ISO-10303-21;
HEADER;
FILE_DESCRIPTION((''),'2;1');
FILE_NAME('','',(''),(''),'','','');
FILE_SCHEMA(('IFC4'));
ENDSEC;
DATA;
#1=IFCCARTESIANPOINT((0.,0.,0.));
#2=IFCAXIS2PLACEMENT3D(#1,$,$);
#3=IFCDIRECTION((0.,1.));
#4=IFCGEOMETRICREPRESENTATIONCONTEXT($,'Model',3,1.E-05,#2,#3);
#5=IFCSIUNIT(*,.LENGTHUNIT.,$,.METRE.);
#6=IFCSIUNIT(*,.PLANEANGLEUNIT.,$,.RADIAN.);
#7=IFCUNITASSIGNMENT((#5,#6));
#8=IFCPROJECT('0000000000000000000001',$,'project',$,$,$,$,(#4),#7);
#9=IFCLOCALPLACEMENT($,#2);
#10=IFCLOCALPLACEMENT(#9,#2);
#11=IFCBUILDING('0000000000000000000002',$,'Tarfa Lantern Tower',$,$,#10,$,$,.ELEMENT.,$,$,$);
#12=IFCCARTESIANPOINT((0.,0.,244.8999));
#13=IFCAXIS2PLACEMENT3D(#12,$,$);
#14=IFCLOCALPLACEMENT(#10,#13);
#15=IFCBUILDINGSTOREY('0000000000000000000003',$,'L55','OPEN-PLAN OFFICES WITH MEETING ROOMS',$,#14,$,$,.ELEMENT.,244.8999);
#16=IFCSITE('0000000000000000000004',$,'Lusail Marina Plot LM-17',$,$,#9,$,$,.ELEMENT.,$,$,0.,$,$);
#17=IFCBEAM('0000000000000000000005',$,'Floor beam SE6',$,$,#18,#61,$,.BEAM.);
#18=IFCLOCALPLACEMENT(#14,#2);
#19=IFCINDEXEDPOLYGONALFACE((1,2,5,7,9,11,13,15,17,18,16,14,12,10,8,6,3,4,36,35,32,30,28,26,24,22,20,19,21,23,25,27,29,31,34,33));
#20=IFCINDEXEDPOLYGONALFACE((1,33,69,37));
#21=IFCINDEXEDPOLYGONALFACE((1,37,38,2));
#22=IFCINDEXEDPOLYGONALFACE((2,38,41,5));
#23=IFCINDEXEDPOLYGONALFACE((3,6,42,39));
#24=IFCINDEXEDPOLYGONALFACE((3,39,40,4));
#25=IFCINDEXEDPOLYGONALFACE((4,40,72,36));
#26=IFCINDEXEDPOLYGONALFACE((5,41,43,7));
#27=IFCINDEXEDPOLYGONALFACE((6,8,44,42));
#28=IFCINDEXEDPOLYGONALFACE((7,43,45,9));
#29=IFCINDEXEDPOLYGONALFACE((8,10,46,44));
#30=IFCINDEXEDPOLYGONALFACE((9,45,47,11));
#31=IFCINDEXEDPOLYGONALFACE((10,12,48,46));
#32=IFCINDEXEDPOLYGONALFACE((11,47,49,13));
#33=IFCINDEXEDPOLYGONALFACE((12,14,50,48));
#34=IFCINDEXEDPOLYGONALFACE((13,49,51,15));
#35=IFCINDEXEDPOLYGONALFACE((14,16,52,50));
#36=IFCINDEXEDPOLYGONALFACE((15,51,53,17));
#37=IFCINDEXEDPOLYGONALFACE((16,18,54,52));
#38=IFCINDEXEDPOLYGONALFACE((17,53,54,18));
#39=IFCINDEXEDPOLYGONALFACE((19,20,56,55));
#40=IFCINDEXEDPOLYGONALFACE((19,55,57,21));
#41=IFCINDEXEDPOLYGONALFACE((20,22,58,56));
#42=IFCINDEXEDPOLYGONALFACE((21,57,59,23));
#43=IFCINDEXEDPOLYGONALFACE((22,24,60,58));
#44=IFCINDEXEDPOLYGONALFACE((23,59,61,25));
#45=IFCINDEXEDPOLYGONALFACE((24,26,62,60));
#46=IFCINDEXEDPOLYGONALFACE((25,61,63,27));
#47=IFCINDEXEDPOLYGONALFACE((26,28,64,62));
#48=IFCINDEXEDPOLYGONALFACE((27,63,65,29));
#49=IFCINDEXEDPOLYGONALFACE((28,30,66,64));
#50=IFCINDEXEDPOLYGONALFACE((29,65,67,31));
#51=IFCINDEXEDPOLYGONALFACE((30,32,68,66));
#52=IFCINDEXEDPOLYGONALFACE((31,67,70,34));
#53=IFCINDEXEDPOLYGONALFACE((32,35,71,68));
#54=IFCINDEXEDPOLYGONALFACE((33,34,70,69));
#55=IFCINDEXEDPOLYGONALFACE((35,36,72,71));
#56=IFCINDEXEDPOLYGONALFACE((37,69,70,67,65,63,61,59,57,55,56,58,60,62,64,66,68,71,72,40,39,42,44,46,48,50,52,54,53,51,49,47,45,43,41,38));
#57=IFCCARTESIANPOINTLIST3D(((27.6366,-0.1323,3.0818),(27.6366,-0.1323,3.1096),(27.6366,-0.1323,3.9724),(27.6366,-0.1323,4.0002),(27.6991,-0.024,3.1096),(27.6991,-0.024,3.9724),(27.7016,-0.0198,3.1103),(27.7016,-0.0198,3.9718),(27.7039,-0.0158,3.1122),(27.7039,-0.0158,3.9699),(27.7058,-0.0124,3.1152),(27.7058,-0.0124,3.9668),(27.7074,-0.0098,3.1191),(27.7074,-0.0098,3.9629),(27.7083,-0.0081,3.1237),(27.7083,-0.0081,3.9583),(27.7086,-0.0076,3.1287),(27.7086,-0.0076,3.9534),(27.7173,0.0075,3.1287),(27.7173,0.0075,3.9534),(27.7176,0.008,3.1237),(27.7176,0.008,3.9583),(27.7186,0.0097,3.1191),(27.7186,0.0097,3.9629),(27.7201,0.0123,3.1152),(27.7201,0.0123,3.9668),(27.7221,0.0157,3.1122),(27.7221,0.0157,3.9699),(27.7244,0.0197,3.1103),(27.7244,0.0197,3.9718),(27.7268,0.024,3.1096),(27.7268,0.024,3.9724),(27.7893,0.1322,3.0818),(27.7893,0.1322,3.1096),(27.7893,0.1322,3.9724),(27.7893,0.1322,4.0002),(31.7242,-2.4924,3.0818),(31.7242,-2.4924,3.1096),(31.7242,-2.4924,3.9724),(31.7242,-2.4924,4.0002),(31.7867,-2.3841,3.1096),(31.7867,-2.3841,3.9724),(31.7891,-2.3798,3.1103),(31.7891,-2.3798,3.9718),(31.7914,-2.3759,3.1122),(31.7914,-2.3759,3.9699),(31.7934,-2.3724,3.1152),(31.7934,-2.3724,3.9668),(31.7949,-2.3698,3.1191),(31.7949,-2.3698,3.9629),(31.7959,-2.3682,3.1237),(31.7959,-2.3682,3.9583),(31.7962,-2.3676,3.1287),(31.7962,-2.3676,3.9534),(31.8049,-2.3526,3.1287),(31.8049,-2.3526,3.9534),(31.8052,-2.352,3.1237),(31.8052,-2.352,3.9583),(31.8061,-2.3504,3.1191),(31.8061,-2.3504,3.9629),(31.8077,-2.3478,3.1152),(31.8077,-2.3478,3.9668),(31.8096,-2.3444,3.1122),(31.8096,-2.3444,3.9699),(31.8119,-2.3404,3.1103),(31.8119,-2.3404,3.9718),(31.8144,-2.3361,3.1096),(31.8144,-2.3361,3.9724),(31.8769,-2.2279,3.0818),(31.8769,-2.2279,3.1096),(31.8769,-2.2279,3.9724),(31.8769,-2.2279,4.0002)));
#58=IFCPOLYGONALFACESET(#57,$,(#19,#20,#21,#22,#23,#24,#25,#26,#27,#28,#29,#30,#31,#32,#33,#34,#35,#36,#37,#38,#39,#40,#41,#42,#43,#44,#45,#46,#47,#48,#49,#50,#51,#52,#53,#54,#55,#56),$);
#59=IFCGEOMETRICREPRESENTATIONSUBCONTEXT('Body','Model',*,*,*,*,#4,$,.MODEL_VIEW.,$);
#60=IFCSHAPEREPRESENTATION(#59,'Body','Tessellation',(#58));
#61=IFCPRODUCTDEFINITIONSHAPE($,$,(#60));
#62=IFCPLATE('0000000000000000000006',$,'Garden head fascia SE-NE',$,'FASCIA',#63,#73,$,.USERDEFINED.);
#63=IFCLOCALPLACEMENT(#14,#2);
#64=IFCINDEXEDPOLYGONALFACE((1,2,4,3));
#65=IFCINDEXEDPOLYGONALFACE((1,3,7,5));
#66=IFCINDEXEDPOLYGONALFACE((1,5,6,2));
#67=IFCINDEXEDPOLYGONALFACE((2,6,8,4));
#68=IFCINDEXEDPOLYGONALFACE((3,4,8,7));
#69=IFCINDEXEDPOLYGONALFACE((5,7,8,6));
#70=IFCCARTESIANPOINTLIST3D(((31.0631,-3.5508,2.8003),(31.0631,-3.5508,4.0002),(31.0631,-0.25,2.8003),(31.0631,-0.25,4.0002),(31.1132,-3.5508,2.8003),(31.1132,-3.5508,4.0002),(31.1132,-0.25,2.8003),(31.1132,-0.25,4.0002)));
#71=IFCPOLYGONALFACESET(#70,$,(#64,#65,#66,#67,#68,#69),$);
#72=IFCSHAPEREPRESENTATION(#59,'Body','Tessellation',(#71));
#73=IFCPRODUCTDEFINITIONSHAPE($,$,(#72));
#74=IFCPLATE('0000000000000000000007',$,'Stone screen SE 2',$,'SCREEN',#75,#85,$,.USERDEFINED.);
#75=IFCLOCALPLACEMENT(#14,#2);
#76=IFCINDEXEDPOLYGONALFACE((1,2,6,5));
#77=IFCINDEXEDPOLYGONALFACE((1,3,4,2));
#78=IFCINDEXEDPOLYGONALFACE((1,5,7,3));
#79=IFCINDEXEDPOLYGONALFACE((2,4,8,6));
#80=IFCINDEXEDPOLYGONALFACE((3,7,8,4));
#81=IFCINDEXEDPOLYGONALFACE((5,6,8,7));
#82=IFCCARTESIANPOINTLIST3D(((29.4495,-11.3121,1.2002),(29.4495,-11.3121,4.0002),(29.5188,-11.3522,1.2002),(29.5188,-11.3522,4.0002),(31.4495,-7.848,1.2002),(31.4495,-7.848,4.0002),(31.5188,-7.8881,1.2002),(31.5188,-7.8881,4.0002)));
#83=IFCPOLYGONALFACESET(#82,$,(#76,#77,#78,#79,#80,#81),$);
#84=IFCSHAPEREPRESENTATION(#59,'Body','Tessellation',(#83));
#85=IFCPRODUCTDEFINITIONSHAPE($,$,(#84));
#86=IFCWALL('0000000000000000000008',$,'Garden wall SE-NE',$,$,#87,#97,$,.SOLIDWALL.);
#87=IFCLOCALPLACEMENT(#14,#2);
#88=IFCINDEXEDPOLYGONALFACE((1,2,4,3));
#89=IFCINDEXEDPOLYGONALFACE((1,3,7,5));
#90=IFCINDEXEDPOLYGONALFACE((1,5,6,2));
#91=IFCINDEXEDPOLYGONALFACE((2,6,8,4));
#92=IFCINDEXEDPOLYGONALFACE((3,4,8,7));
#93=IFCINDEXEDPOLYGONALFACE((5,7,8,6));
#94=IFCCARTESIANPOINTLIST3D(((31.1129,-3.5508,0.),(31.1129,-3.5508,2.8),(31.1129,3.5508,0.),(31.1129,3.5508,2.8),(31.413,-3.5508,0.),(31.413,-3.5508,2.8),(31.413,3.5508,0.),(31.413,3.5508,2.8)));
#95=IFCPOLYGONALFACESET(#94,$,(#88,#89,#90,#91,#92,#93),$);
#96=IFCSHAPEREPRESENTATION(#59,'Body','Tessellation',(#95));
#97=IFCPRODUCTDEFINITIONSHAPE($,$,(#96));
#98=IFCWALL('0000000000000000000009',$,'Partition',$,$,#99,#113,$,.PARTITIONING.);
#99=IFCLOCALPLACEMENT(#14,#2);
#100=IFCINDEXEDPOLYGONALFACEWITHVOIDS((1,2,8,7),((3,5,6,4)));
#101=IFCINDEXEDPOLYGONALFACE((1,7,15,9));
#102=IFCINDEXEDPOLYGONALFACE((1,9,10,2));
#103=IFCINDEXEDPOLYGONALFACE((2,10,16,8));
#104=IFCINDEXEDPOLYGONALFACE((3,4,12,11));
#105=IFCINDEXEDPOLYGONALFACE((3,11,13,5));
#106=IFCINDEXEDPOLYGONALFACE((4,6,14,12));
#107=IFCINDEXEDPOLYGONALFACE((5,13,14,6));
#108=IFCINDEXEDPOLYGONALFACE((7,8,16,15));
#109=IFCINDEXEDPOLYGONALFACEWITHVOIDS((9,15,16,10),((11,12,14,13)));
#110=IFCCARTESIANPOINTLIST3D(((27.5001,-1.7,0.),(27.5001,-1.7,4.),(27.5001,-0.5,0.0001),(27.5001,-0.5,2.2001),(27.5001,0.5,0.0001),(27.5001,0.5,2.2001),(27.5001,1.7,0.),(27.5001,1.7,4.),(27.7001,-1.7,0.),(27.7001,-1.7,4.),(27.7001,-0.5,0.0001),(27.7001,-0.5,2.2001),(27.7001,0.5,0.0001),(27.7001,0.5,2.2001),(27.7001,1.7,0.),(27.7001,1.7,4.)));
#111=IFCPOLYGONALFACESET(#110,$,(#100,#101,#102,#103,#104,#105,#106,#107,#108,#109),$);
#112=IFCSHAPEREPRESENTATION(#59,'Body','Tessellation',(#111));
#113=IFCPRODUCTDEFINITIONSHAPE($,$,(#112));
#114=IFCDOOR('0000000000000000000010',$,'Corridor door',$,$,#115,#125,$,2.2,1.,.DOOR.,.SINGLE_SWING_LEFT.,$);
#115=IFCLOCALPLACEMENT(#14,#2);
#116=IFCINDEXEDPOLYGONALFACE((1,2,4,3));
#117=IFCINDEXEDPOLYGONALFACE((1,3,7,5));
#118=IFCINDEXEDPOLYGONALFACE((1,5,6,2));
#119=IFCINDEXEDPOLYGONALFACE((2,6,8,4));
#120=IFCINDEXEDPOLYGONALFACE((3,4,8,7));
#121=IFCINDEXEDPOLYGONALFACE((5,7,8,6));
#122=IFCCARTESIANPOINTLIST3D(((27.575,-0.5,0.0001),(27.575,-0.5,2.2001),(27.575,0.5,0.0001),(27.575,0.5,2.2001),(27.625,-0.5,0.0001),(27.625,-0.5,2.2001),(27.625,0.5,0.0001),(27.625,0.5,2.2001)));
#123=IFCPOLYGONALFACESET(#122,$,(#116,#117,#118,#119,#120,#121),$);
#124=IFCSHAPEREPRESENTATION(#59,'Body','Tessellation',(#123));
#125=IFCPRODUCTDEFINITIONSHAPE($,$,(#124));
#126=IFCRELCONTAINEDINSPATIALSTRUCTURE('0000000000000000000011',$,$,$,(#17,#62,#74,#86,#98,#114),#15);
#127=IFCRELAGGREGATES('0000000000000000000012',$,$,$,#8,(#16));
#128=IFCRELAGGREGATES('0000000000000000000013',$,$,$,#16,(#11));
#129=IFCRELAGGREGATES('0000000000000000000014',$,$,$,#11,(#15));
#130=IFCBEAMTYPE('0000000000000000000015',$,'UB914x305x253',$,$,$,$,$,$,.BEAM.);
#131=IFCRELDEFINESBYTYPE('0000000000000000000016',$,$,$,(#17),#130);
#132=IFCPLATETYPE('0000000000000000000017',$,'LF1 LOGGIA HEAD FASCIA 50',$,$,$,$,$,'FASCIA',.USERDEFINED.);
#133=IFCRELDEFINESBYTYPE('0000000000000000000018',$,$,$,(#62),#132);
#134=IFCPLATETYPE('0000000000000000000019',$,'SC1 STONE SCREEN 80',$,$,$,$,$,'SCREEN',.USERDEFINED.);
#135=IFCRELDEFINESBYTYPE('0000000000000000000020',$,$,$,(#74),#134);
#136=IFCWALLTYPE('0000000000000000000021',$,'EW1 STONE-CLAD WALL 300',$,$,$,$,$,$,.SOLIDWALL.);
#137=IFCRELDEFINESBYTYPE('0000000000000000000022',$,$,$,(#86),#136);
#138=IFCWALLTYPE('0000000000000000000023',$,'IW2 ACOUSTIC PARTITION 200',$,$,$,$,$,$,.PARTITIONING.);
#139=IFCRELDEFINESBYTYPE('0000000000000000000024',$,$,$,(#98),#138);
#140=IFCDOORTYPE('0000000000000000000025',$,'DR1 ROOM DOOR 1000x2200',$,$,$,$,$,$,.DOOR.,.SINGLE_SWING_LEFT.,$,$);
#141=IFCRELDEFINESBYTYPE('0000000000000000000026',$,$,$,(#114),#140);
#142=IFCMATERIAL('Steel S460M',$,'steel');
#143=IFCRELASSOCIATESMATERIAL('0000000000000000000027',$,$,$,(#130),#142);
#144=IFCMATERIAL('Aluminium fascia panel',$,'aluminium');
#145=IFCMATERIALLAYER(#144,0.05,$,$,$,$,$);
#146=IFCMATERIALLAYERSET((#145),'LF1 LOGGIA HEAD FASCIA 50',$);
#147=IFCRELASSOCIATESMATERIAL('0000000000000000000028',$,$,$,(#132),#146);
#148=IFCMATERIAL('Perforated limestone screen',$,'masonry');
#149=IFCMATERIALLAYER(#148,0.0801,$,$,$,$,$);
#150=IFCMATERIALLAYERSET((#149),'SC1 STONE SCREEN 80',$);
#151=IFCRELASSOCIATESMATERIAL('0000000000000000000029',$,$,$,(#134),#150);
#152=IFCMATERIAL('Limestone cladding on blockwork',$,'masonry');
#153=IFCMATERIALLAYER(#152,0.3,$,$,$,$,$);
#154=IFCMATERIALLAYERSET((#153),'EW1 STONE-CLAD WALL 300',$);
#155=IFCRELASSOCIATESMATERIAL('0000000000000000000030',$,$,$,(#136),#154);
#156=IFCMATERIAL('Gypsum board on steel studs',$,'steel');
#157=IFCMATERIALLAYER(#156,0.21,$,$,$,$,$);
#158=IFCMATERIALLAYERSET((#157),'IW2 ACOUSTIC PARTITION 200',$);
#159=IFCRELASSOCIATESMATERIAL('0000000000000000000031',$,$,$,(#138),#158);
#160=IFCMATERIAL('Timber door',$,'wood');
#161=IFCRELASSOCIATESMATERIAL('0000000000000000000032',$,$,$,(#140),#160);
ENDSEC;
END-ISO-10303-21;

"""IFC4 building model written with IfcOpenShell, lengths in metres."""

from ifc_helpers import new_model, si_unit, direction, frame, frame_2d, origin, origin_2d, place, context, subcontext, project, spatial, rectangle, i_section, extrude, material, layer, layer_set, material_profile, profile_set, type_object, element, fill, save


model = new_model("IFC4")

# Units and contexts
model_context = context("Model", 3, precision=1e-05, world=origin(), true_north=direction((0.0, 1.0)))
body_context = subcontext(model_context, "Body", "Model", "MODEL_VIEW")
ifc_project = project(units=[si_unit("LENGTHUNIT", "METRE"), si_unit("PLANEANGLEUNIT", "RADIAN")], contexts=[model_context])

# Site, building, storey
site_placement = place(None, origin())
site = spatial("IfcSite", under=ifc_project, at=site_placement, Name="Lusail Marina Plot LM-17", CompositionType="ELEMENT", RefElevation=0.0)
building_placement = place(site_placement, origin())
building = spatial("IfcBuilding", under=site, at=building_placement, Name="Tarfa Lantern Tower", CompositionType="ELEMENT")
storey_placement = place(building_placement, frame((0.0, 0.0, 244.8999)))
storey = spatial("IfcBuildingStorey", under=building, at=storey_placement, Name="L55", Description="OPEN-PLAN OFFICES WITH MEETING ROOMS", CompositionType="ELEMENT", Elevation=244.8999)

# Beam
ifc_material_1 = material(Name="Steel S460M", Category="steel")
ifc_material_profile_1 = material_profile(ifc_material_1, i_section(OverallWidth=0.3054, OverallDepth=0.9185, WebThickness=0.0173, FlangeThickness=0.0278, FilletRadius=0.019, at=origin_2d()), Name="UB914x305x253")
ifc_profile_set_1 = profile_set([ifc_material_profile_1], Name="Steel S460M")
beam_type_1 = type_object("IfcBeamType", Name="UB914x305x253", PredefinedType="BEAM", material=ifc_profile_set_1)
beam_1_placement = place(storey_placement, frame((31.8005, -2.3601, 3.541), z_axis=(-0.866016, 0.500016, 0.0), x_axis=(-0.500016, -0.866016, 0.0)))
element("IfcBeam", 1, at=beam_1_placement, inside=storey, type_object=beam_type_1, Name="Floor beam SE6", PredefinedType="BEAM", context=body_context, shape_type="SweptSolid", body=[
    extrude(i_section(OverallWidth=0.3054, OverallDepth=0.9185, WebThickness=0.0173, FlangeThickness=0.0278, FilletRadius=0.019, at=origin_2d()), origin(), (0.0, 0.0, 1.0), 4.72),
])

# Plates
ifc_material_2 = material(Name="Aluminium fascia panel", Category="aluminium")
ifc_layer_1 = layer(ifc_material_2, 0.05)
ifc_layer_set_1 = layer_set([ifc_layer_1], Name="LF1 LOGGIA HEAD FASCIA 50")
plate_type_1 = type_object("IfcPlateType", Name="LF1 LOGGIA HEAD FASCIA 50", ElementType="FASCIA", PredefinedType="USERDEFINED", material=ifc_layer_set_1)
plate_1_placement = place(storey_placement, frame((31.0881, -1.9004, 2.8003), z_axis=(0.0, 0.0, 1.0), x_axis=(0.0, 1.0, 0.0)))
element("IfcPlate", 2, at=plate_1_placement, inside=storey, type_object=plate_type_1, Name="Garden head fascia SE-NE", ObjectType="FASCIA", PredefinedType="USERDEFINED", context=body_context, shape_type="SweptSolid", body=[
    extrude(rectangle(XDim=3.3008, YDim=0.05, at=origin_2d()), origin(), (0.0, 0.0, 1.0), 1.2),
])
ifc_material_3 = material(Name="Perforated limestone screen", Category="masonry")
ifc_layer_2 = layer(ifc_material_3, 0.0801)
ifc_layer_set_2 = layer_set([ifc_layer_2], Name="SC1 STONE SCREEN 80")
plate_type_2 = type_object("IfcPlateType", Name="SC1 STONE SCREEN 80", ElementType="SCREEN", PredefinedType="USERDEFINED", material=ifc_layer_set_2)
plate_2_placement = place(storey_placement, frame((30.4841, -9.6001, 1.2002), z_axis=(0.0, 0.0, 1.0), x_axis=(0.5, 0.866025, 0.0)))
element("IfcPlate", 3, at=plate_2_placement, inside=storey, type_object=plate_type_2, Name="Stone screen SE 2", ObjectType="SCREEN", PredefinedType="USERDEFINED", context=body_context, shape_type="SweptSolid", body=[
    extrude(rectangle(XDim=4.0, YDim=0.0801, at=origin_2d()), origin(), (0.0, 0.0, 1.0), 2.8),
])

# Wall
ifc_material_4 = material(Name="Limestone cladding on blockwork", Category="masonry")
ifc_layer_3 = layer(ifc_material_4, 0.3)
ifc_layer_set_3 = layer_set([ifc_layer_3], Name="EW1 STONE-CLAD WALL 300")
wall_type_1 = type_object("IfcWallType", Name="EW1 STONE-CLAD WALL 300", PredefinedType="SOLIDWALL", material=ifc_layer_set_3)
wall_1_placement = place(storey_placement, frame((31.2629, -3.5508, 0.0), z_axis=(0.0, 0.0, 1.0), x_axis=(0.0, 1.0, 0.0)))
element("IfcWall", 4, at=wall_1_placement, inside=storey, type_object=wall_type_1, Name="Garden wall SE-NE", PredefinedType="SOLIDWALL", context=body_context, shape_type="SweptSolid", body=[
    extrude(rectangle(XDim=7.1016, YDim=0.3, at=frame_2d((3.5508, 0.0))), origin(), (0.0, 0.0, 1.0), 2.8),
])

# Wall, opening, door
ifc_material_5 = material(Name="Gypsum board on steel studs", Category="steel")
ifc_layer_4 = layer(ifc_material_5, 0.21)
ifc_layer_set_4 = layer_set([ifc_layer_4], Name="IW2 ACOUSTIC PARTITION 200")
wall_type_2 = type_object("IfcWallType", Name="IW2 ACOUSTIC PARTITION 200", PredefinedType="PARTITIONING", material=ifc_layer_set_4)
wall_2_placement = place(storey_placement, frame((27.6001, -1.7, 0.0), z_axis=(0.0, 0.0, 1.0), x_axis=(0.0, 1.0, 0.0)))
wall_2 = element("IfcWall", 5, at=wall_2_placement, inside=storey, type_object=wall_type_2, Name="Partition", PredefinedType="PARTITIONING", context=body_context, shape_type="SweptSolid", body=[
    extrude(rectangle(XDim=3.3999, YDim=0.2, at=frame_2d((1.7, 0.0))), origin(), (0.0, 0.0, 1.0), 4.0),
])
opening_placement = place(wall_2_placement, frame((1.2, 0.0, 0.0)))
opening = element("IfcOpeningElement", 6, at=opening_placement, cuts=wall_2, PredefinedType="OPENING", context=body_context, shape_type="SweptSolid", body=[
    extrude(rectangle(XDim=1.0, YDim=2.2, at=frame_2d((0.5, 1.1001))), frame((0.0, 0.1099, 0.0), z_axis=(0.0, -1.0, 0.0), x_axis=(1.0, 0.0, 0.0)), (0.0, 0.0, 1.0), 0.22),
])
ifc_material_6 = material(Name="Timber door", Category="wood")
door_type = type_object("IfcDoorType", Name="DR1 ROOM DOOR 1000x2200", OperationType="SINGLE_SWING_LEFT", PredefinedType="DOOR", material=ifc_material_6)
door_placement = place(opening_placement, frame((1.0, 0.0, 0.0), z_axis=(0.0, 0.0, 1.0), x_axis=(-1.0, 0.0, 0.0)))
door = element("IfcDoor", 7, at=door_placement, inside=storey, type_object=door_type, Name="Corridor door", OperationType="SINGLE_SWING_LEFT", OverallHeight=2.2, OverallWidth=1.0, PredefinedType="DOOR", context=body_context, shape_type="SweptSolid", body=[
    extrude(rectangle(XDim=1.0, YDim=2.2, at=frame_2d((0.5, 1.1001))), frame((0.0, 0.0249, 0.0), z_axis=(0.0, -1.0, 0.0), x_axis=(1.0, 0.0, 0.0)), (0.0, 0.0, 1.0), 0.05),
])
fill(opening, door)

save(model, "model.ifc")
